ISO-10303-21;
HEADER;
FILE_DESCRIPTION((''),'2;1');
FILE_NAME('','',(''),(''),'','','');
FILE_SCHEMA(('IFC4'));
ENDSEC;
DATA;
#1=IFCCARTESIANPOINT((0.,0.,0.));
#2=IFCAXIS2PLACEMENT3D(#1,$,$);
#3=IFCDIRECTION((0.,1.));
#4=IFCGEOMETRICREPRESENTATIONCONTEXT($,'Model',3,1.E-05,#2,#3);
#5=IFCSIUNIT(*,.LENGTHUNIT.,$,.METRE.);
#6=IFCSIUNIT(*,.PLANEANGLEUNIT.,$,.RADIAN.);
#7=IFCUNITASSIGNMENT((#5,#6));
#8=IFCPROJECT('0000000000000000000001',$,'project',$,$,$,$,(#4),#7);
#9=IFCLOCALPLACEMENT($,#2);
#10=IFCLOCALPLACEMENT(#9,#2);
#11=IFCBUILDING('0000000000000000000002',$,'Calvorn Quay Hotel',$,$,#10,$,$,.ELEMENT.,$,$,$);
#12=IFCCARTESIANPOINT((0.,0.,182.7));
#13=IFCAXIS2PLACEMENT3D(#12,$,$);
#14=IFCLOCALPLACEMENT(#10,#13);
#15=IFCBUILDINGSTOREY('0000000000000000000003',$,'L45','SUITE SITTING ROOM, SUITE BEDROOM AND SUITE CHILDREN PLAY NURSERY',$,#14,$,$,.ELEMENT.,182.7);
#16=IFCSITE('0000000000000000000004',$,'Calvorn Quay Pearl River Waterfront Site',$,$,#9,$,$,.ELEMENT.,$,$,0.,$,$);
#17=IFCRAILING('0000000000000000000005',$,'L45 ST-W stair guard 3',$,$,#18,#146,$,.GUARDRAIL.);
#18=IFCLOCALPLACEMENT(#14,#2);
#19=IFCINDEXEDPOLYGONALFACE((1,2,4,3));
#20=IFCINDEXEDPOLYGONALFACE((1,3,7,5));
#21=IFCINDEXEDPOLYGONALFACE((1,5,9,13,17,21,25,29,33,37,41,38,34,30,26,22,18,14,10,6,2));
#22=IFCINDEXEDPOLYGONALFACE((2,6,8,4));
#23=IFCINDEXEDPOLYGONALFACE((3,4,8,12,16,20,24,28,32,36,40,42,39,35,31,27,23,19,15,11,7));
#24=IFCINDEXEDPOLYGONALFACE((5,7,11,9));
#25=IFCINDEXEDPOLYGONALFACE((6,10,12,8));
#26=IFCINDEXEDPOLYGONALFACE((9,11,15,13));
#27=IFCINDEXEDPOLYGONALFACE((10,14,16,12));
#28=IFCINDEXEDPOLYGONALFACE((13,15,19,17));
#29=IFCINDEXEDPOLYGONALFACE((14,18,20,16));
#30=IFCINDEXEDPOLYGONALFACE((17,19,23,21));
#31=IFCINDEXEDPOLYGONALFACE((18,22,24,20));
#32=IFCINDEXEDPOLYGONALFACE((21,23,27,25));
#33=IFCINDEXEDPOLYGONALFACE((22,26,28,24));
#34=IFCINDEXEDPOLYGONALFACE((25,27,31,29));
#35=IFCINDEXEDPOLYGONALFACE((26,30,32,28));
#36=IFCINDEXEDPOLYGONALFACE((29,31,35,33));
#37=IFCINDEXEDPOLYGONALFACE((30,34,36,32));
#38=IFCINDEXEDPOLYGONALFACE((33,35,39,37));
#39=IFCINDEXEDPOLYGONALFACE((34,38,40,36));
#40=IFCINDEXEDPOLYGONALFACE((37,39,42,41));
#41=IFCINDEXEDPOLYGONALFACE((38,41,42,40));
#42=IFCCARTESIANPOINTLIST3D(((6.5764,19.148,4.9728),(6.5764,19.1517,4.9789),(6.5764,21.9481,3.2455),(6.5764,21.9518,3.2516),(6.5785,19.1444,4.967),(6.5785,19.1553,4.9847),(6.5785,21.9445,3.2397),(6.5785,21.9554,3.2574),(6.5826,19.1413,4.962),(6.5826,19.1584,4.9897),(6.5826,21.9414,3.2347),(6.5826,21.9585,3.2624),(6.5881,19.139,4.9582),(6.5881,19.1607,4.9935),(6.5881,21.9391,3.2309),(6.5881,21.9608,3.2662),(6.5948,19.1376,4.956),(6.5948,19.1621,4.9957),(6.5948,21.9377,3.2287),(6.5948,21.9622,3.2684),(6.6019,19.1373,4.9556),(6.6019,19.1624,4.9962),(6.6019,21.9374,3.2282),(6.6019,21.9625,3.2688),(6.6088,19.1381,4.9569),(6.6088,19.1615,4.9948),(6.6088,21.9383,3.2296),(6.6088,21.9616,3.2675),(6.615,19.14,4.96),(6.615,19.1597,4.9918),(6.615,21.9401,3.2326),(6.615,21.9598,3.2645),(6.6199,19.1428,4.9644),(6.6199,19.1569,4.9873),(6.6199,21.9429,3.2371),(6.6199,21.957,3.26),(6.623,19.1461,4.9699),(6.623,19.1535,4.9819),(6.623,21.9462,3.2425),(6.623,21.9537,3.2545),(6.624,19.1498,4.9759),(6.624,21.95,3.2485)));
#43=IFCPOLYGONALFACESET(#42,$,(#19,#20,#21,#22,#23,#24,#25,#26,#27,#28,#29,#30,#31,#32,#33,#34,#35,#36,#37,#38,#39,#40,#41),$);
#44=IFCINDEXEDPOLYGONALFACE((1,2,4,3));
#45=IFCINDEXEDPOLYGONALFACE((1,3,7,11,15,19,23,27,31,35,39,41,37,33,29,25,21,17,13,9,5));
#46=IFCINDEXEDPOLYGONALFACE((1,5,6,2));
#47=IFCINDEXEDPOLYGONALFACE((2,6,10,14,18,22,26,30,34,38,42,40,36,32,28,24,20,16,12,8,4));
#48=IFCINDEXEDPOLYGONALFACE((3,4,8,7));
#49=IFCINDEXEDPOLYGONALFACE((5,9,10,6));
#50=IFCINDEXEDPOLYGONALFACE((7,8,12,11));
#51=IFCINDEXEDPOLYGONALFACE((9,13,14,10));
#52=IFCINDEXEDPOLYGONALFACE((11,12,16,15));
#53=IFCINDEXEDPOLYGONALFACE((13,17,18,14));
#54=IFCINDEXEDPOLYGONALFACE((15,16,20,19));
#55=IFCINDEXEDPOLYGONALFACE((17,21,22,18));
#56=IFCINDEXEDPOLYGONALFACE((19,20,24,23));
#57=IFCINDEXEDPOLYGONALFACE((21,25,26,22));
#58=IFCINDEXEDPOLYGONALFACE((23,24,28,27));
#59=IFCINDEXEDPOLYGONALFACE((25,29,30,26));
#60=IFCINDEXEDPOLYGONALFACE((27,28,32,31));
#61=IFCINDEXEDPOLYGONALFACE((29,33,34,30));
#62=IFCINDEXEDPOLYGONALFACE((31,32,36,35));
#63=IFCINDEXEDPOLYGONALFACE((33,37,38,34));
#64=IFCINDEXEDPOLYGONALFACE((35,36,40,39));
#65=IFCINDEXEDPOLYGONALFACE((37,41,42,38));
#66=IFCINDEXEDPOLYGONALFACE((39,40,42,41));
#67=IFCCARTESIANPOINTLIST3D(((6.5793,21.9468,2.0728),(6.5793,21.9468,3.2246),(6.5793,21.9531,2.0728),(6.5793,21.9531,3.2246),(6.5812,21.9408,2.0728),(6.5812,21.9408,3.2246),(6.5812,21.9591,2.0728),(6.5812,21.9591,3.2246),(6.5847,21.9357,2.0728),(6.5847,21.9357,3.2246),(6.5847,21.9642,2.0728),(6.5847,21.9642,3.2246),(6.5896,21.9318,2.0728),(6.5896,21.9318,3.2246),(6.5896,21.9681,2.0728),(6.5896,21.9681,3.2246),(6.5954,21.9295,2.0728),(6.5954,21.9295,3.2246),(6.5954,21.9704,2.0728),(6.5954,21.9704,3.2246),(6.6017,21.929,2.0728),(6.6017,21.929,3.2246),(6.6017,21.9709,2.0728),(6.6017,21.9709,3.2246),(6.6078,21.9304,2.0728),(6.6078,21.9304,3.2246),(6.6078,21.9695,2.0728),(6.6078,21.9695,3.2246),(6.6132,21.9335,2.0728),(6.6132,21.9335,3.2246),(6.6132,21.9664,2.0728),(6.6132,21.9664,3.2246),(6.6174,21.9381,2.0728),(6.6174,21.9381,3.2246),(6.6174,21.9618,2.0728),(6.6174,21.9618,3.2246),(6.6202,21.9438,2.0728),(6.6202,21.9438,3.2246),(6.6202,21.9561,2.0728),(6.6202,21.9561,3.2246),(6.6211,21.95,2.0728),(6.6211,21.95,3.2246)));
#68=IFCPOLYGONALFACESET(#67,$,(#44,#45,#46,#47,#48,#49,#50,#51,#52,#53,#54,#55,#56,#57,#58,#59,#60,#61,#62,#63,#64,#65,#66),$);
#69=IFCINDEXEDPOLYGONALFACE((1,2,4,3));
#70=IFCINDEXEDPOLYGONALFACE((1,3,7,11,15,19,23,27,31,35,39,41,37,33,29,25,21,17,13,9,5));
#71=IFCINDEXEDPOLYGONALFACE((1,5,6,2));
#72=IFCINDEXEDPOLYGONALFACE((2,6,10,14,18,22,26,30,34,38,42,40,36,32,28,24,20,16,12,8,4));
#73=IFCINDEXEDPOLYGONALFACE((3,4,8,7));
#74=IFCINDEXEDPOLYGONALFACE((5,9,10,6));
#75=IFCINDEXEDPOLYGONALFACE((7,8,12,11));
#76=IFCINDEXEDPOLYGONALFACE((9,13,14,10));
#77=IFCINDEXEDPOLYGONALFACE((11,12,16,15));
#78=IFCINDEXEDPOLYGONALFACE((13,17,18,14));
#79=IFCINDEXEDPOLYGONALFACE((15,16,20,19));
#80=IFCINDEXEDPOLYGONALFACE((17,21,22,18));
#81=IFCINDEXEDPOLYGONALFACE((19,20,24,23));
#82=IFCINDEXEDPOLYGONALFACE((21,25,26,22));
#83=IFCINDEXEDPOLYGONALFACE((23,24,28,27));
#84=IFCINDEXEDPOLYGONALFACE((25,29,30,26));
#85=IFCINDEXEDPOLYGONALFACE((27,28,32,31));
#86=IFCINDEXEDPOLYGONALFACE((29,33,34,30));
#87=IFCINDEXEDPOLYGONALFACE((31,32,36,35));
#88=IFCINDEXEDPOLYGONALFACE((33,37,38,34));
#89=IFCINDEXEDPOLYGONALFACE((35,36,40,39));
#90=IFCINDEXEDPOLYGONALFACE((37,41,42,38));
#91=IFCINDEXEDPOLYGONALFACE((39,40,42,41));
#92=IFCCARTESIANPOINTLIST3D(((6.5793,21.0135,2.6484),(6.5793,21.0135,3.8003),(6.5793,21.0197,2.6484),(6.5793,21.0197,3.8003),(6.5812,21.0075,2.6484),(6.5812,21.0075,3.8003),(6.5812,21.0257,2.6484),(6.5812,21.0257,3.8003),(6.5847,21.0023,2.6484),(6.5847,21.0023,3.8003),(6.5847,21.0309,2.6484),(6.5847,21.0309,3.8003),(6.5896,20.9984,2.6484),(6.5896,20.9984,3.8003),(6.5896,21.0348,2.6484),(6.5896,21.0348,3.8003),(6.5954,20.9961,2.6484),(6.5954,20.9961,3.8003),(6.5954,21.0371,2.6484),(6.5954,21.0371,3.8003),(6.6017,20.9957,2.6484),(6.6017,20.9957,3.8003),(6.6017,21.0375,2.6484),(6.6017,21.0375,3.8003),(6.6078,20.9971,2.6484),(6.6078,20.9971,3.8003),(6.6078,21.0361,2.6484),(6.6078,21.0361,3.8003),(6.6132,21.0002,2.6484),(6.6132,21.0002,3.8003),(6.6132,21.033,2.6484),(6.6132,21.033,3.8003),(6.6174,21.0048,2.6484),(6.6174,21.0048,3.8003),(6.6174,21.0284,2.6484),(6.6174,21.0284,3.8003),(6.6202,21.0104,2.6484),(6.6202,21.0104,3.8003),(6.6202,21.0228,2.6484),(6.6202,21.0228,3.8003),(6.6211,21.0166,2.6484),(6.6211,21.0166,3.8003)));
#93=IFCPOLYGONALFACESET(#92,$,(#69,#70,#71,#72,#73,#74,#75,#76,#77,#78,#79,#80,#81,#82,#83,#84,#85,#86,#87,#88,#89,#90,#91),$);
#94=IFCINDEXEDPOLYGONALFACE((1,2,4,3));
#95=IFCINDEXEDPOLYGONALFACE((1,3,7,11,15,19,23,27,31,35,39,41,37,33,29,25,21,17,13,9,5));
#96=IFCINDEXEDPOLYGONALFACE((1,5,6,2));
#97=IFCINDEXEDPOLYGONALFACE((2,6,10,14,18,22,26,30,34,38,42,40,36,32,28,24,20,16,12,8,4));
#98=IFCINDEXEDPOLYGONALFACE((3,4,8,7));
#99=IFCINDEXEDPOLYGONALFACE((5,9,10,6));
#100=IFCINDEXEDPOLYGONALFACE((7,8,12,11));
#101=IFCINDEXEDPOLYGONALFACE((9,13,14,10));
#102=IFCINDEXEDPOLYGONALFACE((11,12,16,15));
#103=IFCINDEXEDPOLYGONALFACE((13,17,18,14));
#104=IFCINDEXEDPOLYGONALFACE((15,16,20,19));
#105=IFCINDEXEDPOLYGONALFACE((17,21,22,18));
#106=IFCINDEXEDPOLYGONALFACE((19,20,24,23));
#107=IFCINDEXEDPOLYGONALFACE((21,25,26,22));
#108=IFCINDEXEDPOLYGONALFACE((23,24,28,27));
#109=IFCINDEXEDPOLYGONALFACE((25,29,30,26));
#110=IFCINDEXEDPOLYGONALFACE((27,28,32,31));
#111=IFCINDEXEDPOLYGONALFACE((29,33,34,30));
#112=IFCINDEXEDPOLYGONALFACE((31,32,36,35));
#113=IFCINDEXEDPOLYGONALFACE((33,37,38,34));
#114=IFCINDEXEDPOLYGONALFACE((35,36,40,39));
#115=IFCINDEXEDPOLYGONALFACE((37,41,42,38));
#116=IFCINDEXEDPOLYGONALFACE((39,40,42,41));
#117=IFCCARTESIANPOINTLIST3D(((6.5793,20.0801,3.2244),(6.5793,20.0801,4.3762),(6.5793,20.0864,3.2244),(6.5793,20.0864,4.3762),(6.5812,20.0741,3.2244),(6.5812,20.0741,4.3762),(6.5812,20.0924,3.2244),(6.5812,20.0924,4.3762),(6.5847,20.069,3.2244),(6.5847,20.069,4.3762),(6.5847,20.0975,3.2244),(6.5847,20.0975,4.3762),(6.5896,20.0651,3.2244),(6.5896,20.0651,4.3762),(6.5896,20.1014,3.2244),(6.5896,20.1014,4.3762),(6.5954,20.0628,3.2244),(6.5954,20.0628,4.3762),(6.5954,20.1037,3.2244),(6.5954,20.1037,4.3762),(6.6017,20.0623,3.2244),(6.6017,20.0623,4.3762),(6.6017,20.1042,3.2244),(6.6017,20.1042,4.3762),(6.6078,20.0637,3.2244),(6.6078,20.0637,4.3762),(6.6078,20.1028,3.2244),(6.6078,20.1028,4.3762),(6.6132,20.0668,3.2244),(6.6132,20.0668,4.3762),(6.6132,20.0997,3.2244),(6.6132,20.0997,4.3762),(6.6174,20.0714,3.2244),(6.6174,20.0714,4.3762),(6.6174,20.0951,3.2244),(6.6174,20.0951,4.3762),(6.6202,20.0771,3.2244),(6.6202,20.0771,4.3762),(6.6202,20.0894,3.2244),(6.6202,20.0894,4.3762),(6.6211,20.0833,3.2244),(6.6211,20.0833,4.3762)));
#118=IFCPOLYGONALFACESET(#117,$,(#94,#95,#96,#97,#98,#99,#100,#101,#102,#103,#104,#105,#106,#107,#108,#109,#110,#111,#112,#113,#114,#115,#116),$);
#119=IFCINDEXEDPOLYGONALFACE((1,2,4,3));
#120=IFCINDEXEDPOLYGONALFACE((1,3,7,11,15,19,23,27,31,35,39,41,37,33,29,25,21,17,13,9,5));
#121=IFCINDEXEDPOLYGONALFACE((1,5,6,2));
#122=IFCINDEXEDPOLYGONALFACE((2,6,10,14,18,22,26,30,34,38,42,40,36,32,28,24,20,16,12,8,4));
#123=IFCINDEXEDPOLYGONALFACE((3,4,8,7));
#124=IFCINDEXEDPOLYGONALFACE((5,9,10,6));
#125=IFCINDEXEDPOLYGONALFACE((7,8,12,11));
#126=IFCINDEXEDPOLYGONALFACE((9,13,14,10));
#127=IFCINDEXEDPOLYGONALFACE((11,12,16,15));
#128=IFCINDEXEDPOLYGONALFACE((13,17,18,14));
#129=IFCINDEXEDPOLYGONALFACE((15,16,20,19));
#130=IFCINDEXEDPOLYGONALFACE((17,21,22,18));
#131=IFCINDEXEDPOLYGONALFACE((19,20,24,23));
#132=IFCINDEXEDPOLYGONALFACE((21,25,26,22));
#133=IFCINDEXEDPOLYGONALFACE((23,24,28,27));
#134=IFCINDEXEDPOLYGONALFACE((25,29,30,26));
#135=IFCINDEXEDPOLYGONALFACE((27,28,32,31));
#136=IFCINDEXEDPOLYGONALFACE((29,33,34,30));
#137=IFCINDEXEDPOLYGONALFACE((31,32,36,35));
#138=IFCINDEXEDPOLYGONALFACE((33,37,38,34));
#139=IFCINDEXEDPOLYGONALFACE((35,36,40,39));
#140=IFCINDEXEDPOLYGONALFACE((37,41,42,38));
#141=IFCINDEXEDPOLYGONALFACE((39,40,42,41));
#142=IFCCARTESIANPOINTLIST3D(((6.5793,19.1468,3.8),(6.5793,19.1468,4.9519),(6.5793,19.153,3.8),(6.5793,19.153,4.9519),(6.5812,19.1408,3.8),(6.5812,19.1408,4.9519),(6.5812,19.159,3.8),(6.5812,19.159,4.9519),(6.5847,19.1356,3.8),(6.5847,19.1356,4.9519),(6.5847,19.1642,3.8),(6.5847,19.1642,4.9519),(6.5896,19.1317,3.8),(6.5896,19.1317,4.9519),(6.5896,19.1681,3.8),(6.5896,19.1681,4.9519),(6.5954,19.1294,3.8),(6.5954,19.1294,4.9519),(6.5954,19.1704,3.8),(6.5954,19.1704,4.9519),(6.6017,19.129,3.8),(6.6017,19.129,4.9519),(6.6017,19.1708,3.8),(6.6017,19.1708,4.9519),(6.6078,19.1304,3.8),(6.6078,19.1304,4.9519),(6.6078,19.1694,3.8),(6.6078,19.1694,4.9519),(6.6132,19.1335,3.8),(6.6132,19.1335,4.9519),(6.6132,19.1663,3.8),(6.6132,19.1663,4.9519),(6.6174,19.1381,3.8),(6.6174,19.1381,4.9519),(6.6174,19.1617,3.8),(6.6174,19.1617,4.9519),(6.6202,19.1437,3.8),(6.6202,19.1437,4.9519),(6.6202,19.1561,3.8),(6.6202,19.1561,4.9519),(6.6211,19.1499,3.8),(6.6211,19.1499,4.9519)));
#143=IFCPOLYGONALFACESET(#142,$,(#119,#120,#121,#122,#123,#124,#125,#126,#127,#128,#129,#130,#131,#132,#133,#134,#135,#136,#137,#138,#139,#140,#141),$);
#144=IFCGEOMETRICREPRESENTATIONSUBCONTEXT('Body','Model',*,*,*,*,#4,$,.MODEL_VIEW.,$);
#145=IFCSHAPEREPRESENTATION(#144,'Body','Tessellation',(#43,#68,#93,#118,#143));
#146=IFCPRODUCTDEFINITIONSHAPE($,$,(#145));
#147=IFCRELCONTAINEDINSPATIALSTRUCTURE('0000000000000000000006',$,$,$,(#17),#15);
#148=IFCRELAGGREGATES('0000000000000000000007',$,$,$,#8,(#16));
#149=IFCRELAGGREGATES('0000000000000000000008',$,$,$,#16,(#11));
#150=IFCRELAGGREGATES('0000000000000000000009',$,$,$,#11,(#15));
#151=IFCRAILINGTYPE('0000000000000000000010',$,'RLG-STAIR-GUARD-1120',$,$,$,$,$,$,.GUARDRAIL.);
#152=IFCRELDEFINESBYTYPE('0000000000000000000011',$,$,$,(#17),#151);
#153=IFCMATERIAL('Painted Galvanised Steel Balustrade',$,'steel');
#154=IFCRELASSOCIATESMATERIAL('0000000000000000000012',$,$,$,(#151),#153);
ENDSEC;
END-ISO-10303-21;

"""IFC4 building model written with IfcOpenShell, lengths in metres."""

from ifc_helpers import new_model, si_unit, direction, frame, origin, origin_2d, place, context, subcontext, project, spatial, circle, extrude, material, type_object, element, save


model = new_model("IFC4")

# Units and contexts
model_context = context("Model", 3, precision=1e-05, world=origin(), true_north=direction((0.0, 1.0)))
body_context = subcontext(model_context, "Body", "Model", "MODEL_VIEW")
ifc_project = project(units=[si_unit("LENGTHUNIT", "METRE"), si_unit("PLANEANGLEUNIT", "RADIAN")], contexts=[model_context])

# Site, building, storey
site_placement = place(None, origin())
site = spatial("IfcSite", under=ifc_project, at=site_placement, Name="Calvorn Quay Pearl River Waterfront Site", CompositionType="ELEMENT", RefElevation=0.0)
building_placement = place(site_placement, origin())
building = spatial("IfcBuilding", under=site, at=building_placement, Name="Calvorn Quay Hotel", CompositionType="ELEMENT")
storey_placement = place(building_placement, frame((0.0, 0.0, 182.7)))
storey = spatial("IfcBuildingStorey", under=building, at=storey_placement, Name="L45", Description="SUITE SITTING ROOM, SUITE BEDROOM AND SUITE CHILDREN PLAY NURSERY", CompositionType="ELEMENT", Elevation=182.7)

# Railing
ifc_material_1 = material(Name="Painted Galvanised Steel Balustrade", Category="steel")
railing_type_1 = type_object("IfcRailingType", Name="RLG-STAIR-GUARD-1120", PredefinedType="GUARDRAIL", material=ifc_material_1)
railing_1_placement = place(storey_placement, frame((6.6001, 21.95, 2.0728)))
element("IfcRailing", 1, at=railing_1_placement, inside=storey, type_object=railing_type_1, Name="L45 ST-W stair guard 3", PredefinedType="GUARDRAIL", context=body_context, shape_type="SweptSolid", body=[
    extrude(circle(Radius=0.0239, at=origin_2d()), frame((0.0, 0.0, 1.1758), z_axis=(0.0, -0.85109, 0.52502), x_axis=(1.0, 0.0, 0.0)), (0.0, 0.0, 1.0), 3.29),
    extrude(circle(Radius=0.021, at=origin_2d()), origin(), (0.0, 0.0, 1.0), 1.1519),
    extrude(circle(Radius=0.021, at=origin_2d()), frame((0.0, -0.9333, 0.5757)), (0.0, 0.0, 1.0), 1.1519),
    extrude(circle(Radius=0.021, at=origin_2d()), frame((0.0, -1.8667, 1.1516)), (0.0, 0.0, 1.0), 1.1519),
    extrude(circle(Radius=0.021, at=origin_2d()), frame((0.0, -2.8, 1.7273)), (0.0, 0.0, 1.0), 1.1519),
])

save(model, "model.ifc")
